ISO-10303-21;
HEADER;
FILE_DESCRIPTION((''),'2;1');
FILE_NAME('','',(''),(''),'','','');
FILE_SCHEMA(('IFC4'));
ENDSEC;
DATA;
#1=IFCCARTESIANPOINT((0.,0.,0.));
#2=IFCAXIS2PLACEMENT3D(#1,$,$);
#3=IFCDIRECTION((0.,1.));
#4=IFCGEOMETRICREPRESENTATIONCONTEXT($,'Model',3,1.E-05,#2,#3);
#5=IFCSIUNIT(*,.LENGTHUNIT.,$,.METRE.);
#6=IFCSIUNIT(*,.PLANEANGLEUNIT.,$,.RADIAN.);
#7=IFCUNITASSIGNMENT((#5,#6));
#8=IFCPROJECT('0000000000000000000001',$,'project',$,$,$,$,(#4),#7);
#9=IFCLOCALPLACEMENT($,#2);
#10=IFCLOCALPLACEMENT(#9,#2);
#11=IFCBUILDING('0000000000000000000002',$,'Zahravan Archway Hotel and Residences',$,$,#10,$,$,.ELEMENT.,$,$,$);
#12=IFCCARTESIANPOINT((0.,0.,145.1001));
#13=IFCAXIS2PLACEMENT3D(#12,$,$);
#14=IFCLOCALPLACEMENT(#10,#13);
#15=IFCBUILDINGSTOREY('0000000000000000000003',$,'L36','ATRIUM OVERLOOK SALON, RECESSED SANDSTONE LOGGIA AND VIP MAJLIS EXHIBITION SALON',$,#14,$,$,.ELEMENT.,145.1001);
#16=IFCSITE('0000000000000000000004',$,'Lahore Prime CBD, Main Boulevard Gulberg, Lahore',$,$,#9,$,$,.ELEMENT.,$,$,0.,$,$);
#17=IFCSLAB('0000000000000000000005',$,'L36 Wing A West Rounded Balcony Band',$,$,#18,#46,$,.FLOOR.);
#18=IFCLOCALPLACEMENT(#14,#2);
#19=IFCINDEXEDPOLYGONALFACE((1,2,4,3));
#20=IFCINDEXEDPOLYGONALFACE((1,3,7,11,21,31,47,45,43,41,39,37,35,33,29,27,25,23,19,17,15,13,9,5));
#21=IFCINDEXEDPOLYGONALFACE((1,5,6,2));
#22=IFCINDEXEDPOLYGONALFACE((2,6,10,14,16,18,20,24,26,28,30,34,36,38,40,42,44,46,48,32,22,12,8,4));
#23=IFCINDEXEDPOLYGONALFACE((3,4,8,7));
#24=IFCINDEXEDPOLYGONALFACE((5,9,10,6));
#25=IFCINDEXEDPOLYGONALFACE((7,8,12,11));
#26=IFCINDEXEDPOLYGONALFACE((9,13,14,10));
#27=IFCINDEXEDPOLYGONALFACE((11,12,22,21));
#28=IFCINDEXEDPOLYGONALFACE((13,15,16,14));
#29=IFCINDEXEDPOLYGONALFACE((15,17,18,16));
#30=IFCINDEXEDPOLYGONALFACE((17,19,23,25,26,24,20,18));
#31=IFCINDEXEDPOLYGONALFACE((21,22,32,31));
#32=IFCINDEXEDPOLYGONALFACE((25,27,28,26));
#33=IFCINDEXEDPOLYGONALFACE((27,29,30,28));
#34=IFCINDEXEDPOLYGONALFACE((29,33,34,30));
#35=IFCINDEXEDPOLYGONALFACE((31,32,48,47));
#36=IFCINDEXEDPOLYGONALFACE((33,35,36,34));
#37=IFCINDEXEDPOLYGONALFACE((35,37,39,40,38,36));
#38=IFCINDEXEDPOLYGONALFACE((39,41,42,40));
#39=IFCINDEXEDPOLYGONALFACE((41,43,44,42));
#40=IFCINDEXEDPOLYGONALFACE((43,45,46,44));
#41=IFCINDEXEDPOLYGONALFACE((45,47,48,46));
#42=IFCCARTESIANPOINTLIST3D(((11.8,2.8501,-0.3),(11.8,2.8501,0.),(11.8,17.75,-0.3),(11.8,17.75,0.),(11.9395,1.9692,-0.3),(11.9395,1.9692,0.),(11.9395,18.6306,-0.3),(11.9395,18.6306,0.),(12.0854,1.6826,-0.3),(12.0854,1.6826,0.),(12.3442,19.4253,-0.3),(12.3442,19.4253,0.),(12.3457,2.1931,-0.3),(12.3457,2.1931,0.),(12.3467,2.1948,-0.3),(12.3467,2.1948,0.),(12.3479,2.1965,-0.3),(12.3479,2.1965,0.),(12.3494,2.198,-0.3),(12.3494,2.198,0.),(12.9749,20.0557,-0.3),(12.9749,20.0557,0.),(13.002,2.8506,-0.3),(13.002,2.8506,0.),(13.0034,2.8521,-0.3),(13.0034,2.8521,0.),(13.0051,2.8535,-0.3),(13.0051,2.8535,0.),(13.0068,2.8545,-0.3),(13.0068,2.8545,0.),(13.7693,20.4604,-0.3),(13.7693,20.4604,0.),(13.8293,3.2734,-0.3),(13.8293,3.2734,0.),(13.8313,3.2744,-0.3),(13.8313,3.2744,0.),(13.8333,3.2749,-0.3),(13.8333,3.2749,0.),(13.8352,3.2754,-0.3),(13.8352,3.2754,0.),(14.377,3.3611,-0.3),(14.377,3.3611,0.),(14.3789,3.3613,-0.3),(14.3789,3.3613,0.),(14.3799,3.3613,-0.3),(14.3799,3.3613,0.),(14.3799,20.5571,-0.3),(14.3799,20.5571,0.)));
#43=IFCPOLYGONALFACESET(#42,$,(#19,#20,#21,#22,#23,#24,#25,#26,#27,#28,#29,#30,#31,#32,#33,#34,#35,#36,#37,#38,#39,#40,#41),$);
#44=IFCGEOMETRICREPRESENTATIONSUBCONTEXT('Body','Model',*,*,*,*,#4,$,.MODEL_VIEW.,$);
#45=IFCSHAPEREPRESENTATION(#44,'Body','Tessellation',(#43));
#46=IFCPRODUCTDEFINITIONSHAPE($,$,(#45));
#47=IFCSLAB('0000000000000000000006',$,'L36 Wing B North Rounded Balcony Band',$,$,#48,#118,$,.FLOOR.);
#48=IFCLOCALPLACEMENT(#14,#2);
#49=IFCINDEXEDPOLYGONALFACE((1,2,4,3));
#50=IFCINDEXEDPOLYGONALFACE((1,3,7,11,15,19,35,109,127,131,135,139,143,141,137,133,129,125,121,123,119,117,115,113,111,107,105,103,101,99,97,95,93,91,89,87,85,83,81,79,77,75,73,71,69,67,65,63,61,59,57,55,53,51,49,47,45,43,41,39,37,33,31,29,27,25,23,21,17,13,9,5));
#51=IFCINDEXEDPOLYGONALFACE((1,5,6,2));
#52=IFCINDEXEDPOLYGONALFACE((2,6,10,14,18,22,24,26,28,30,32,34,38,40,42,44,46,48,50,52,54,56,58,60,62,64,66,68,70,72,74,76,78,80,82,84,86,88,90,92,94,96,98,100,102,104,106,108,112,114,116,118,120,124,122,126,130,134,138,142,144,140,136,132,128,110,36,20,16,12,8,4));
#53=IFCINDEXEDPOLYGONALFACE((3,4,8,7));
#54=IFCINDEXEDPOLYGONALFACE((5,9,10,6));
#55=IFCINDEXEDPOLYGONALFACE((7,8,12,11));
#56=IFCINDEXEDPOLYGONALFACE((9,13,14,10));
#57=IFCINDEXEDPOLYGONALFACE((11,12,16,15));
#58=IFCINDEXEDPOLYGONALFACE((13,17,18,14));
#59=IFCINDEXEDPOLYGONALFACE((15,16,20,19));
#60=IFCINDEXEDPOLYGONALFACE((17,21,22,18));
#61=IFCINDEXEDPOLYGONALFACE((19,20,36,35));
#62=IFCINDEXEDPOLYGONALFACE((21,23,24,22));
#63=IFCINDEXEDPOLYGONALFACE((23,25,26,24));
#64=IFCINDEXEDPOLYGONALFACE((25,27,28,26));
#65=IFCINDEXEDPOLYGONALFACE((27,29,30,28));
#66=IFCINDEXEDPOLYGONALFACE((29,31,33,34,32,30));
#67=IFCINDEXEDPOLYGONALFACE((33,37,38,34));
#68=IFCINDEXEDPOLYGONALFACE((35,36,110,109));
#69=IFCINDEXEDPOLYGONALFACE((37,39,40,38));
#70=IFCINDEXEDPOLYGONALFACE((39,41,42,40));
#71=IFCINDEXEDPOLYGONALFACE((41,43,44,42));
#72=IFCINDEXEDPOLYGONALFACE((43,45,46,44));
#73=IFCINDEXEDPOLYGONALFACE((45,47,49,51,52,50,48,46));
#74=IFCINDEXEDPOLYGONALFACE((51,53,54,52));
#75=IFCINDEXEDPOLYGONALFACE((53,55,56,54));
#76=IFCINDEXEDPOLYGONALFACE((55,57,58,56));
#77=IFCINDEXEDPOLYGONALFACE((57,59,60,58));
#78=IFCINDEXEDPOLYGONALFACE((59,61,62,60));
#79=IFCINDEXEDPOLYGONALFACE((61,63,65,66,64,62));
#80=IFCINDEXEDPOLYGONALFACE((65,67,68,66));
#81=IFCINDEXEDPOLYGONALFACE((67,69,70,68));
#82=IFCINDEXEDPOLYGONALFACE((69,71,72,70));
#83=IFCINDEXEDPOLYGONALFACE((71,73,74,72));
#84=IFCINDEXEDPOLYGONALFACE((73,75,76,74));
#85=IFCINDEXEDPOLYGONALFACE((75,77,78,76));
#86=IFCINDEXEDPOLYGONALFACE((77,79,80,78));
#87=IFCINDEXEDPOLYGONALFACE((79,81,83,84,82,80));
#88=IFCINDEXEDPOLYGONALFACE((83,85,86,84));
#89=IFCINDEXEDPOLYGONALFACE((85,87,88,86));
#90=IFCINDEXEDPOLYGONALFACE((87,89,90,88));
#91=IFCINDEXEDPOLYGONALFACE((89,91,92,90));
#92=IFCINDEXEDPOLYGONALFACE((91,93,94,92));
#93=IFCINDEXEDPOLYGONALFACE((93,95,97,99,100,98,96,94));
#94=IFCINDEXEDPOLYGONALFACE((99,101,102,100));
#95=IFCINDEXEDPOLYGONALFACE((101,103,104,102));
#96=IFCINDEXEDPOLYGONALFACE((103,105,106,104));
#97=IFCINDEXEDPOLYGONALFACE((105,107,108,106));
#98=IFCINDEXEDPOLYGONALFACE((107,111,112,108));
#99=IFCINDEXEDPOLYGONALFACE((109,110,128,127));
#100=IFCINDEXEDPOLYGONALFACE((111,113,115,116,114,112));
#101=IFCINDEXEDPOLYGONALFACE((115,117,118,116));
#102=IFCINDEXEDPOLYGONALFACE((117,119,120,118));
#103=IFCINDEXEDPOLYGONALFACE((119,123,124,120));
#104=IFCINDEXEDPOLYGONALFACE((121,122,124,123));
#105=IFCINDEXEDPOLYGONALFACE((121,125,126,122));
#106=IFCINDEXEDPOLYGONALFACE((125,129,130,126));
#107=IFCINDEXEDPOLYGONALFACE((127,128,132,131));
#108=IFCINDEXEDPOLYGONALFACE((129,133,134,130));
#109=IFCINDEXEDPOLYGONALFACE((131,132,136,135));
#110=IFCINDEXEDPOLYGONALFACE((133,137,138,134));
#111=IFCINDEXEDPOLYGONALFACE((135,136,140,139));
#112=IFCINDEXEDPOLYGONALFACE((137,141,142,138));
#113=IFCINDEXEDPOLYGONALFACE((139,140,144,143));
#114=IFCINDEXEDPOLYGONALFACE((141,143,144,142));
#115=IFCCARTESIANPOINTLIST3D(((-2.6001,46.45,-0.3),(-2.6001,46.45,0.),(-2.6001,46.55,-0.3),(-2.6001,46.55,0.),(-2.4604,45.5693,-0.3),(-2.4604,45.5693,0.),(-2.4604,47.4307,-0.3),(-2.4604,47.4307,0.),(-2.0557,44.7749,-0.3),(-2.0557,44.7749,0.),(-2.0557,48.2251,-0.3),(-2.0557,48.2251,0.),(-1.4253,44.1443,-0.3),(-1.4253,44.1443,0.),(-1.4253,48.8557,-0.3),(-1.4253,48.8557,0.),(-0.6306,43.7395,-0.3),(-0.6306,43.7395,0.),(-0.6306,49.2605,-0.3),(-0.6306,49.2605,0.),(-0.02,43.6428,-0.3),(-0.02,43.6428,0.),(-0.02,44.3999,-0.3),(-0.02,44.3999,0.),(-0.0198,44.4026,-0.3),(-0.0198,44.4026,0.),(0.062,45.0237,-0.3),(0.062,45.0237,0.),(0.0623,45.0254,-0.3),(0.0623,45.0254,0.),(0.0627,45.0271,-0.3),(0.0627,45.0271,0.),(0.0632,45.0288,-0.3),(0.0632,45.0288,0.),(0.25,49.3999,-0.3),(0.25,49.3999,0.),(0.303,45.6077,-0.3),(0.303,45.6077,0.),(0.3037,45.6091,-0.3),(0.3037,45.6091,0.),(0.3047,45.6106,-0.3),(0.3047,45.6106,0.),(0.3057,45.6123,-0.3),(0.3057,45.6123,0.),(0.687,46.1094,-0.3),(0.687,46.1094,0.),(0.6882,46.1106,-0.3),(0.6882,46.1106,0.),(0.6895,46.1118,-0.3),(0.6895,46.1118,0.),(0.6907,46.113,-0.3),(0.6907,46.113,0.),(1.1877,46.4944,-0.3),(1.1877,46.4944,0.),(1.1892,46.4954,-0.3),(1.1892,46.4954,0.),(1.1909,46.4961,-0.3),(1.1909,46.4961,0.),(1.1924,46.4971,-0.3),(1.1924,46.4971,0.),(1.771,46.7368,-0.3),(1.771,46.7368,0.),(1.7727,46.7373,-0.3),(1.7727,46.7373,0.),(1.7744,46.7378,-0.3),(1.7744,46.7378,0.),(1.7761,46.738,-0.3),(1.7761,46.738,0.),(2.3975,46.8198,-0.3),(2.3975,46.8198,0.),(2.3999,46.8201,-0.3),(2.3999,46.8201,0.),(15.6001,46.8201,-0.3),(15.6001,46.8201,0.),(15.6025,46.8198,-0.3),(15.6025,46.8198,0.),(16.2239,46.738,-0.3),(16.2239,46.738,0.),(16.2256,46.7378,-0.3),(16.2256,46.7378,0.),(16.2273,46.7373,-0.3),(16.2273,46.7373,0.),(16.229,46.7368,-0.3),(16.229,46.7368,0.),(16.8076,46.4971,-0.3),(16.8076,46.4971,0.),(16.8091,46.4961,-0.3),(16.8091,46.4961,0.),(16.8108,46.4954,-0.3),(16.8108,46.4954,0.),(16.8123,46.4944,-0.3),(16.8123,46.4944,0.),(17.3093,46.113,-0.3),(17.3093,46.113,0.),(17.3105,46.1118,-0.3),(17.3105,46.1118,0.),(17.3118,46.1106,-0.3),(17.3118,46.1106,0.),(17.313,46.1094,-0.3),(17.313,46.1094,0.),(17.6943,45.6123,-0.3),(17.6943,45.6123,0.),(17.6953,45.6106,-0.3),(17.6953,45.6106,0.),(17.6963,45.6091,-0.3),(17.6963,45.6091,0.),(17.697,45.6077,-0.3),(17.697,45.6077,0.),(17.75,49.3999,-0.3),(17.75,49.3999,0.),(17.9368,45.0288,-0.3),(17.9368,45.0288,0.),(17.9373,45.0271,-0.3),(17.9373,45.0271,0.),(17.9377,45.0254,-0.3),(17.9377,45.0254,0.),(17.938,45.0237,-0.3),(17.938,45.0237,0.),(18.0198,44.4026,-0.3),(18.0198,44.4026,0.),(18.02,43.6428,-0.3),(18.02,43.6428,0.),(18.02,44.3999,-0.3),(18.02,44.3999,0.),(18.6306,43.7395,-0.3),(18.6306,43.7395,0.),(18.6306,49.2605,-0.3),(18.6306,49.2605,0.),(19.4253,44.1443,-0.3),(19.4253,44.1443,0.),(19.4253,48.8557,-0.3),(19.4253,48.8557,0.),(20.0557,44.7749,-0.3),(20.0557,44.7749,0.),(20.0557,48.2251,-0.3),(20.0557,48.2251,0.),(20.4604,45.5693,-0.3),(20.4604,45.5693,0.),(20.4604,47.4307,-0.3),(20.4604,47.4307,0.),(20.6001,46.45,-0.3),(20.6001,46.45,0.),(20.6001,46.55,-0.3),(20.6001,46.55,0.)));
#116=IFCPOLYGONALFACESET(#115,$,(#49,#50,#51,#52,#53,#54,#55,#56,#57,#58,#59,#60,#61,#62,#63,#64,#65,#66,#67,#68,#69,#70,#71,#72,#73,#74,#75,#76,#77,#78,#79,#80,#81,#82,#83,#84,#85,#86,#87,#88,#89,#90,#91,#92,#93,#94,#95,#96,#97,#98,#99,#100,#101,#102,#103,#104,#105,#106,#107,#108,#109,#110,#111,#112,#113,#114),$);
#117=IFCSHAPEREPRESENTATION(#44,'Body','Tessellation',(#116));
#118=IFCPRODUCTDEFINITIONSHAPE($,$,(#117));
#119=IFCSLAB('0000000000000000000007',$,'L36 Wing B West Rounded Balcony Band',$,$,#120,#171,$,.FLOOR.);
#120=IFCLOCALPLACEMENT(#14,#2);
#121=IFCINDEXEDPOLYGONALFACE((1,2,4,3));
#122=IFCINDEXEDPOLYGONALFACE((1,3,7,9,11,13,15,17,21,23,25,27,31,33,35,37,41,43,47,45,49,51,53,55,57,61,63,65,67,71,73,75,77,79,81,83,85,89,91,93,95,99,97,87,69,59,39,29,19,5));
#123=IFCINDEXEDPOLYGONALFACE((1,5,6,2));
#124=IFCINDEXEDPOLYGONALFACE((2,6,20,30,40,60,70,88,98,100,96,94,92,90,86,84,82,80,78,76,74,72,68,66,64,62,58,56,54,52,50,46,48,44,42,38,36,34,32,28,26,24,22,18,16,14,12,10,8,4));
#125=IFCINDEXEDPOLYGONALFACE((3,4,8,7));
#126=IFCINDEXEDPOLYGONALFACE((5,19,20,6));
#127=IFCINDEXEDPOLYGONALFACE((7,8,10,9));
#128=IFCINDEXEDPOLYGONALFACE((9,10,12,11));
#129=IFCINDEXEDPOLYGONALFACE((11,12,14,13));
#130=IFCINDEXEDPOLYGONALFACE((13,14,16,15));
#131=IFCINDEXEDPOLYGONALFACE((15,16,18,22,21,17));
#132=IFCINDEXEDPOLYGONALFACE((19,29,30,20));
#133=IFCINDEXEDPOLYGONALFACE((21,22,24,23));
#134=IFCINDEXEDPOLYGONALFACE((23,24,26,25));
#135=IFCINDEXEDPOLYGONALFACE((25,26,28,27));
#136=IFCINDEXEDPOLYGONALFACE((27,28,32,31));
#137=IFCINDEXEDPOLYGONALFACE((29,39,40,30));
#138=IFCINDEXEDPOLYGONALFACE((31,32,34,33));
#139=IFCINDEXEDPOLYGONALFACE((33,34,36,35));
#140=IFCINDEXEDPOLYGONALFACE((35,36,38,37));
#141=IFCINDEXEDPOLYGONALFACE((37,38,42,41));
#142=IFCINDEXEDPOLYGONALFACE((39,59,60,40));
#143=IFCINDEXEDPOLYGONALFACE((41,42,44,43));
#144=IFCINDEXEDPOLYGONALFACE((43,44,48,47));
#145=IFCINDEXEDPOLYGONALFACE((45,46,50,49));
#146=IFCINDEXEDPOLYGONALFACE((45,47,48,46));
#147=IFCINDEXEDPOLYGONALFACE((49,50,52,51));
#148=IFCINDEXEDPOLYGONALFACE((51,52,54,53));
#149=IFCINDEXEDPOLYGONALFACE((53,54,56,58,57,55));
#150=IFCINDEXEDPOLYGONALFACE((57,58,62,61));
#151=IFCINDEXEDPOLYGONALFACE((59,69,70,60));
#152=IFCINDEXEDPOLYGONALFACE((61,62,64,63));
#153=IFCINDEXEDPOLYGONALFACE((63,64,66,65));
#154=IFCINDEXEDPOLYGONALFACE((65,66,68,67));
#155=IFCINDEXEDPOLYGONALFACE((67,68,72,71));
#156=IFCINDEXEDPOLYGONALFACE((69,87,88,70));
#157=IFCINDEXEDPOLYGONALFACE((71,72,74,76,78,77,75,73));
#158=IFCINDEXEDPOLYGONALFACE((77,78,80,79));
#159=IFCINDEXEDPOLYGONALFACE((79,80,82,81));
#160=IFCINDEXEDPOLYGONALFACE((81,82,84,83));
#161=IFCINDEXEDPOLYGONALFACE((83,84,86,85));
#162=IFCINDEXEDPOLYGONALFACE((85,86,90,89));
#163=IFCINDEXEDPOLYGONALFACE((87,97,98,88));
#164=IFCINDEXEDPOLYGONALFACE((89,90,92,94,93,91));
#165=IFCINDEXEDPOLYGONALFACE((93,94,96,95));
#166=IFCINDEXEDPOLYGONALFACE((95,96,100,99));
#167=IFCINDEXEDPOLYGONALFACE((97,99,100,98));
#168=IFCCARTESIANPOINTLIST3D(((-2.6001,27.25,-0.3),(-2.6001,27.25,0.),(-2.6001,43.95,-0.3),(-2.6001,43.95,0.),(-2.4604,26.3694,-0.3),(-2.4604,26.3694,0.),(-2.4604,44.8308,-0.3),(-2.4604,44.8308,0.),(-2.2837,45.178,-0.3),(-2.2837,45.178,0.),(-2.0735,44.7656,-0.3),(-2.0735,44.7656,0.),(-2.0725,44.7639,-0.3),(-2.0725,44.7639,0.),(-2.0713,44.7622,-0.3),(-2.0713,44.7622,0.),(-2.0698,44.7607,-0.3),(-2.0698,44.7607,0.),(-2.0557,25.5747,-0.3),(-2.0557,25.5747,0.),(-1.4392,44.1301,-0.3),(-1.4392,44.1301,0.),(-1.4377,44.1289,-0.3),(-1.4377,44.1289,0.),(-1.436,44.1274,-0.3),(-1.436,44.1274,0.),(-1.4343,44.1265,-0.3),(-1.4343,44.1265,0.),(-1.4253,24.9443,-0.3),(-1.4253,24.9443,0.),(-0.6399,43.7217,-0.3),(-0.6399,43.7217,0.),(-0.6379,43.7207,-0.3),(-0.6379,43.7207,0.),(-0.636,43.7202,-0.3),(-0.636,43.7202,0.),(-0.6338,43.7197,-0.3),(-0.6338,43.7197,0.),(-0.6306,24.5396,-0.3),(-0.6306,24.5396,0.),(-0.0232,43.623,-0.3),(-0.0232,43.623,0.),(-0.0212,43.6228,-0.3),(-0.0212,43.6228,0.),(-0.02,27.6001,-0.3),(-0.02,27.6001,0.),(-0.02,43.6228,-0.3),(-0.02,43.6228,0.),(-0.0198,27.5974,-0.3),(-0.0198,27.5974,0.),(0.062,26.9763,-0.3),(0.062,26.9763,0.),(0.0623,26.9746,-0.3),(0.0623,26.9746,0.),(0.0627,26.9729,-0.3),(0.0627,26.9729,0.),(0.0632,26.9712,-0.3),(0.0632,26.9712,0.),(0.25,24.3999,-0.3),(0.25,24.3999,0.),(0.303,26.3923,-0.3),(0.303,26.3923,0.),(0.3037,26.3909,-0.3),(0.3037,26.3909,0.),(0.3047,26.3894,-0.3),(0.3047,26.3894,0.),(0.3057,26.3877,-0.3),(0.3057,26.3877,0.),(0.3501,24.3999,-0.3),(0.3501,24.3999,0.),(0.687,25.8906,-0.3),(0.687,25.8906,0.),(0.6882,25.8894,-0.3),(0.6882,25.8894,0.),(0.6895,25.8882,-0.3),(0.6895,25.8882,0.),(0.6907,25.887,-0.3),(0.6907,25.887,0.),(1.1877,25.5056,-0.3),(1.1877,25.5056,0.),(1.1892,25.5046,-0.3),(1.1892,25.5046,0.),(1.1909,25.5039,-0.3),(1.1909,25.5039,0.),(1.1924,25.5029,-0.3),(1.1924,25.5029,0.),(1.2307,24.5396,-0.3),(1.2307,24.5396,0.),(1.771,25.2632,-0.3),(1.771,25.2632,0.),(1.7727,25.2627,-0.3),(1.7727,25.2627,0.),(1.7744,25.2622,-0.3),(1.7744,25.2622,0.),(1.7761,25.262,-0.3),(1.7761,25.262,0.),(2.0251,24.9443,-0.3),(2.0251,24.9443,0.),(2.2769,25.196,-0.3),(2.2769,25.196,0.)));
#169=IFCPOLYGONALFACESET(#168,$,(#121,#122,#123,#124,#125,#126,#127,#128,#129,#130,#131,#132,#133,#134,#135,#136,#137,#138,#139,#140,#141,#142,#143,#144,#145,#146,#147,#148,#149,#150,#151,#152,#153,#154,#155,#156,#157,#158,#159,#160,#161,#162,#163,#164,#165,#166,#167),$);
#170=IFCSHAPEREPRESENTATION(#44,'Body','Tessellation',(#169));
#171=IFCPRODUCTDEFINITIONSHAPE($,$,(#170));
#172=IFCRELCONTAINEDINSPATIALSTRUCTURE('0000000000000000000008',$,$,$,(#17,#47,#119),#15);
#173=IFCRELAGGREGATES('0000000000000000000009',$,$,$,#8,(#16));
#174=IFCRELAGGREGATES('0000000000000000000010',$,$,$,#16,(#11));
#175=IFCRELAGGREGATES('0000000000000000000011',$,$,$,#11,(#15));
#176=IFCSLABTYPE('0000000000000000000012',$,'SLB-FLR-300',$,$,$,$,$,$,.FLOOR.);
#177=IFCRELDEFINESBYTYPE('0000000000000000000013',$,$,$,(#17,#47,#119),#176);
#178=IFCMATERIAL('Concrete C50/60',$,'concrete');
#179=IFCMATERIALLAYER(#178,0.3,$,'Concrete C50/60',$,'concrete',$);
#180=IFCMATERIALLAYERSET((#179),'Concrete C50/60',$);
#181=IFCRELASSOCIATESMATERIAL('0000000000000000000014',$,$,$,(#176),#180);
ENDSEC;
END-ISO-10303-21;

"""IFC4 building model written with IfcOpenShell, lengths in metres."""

from ifc_helpers import new_model, si_unit, direction, frame, origin, place, context, subcontext, project, spatial, polyline, outline, extrude, material, layer, layer_set, type_object, element, save


model = new_model("IFC4")

# Units and contexts
model_context = context("Model", 3, precision=1e-05, world=origin(), true_north=direction((0.0, 1.0)))
body_context = subcontext(model_context, "Body", "Model", "MODEL_VIEW")
ifc_project = project(units=[si_unit("LENGTHUNIT", "METRE"), si_unit("PLANEANGLEUNIT", "RADIAN")], contexts=[model_context])

# Site, building, storey
site_placement = place(None, origin())
site = spatial("IfcSite", under=ifc_project, at=site_placement, Name="Lahore Prime CBD, Main Boulevard Gulberg, Lahore", CompositionType="ELEMENT", RefElevation=0.0)
building_placement = place(site_placement, origin())
building = spatial("IfcBuilding", under=site, at=building_placement, Name="Zahravan Archway Hotel and Residences", CompositionType="ELEMENT")
storey_placement = place(building_placement, frame((0.0, 0.0, 145.1001)))
storey = spatial("IfcBuildingStorey", under=building, at=storey_placement, Name="L36", Description="ATRIUM OVERLOOK SALON, RECESSED SANDSTONE LOGGIA AND VIP MAJLIS EXHIBITION SALON", CompositionType="ELEMENT", Elevation=145.1001)

# Slabs
ifc_material_1 = material(Name="Concrete C50/60", Category="concrete")
ifc_layer_1 = layer(ifc_material_1, 0.3, Name="Concrete C50/60", Category="concrete")
ifc_layer_set_1 = layer_set([ifc_layer_1], Name="Concrete C50/60")
slab_type_1 = type_object("IfcSlabType", Name="SLB-FLR-300", PredefinedType="FLOOR", material=ifc_layer_set_1)
slab_1_placement = place(storey_placement, frame((0.0, 0.0, -0.3)))
element("IfcSlab", 1, at=slab_1_placement, inside=storey, type_object=slab_type_1, Name="L36 Wing A West Rounded Balcony Band", PredefinedType="FLOOR", context=body_context, shape_type="SweptSolid", body=[
    extrude(outline(polyline([(11.9395, 1.9692), (11.8, 2.8501), (11.8, 17.75), (11.9395, 18.6306), (12.3442, 19.4253), (12.9749, 20.0557), (13.7693, 20.4604), (14.3799, 20.5571), (14.3799, 3.3613), (14.3789, 3.3613), (14.377, 3.3611), (13.8352, 3.2754), (13.8333, 3.2749), (13.8313, 3.2744), (13.8293, 3.2734), (13.0068, 2.8545), (13.0051, 2.8535), (13.0034, 2.8521), (13.002, 2.8506), (12.3494, 2.198), (12.3479, 2.1965), (12.3467, 2.1948), (12.3457, 2.1931), (12.0854, 1.6826), (11.9395, 1.9692)])), origin(), (0.0, 0.0, 1.0), 0.3),
])
slab_2_placement = place(storey_placement, frame((0.0, 0.0, -0.3)))
element("IfcSlab", 2, at=slab_2_placement, inside=storey, type_object=slab_type_1, Name="L36 Wing B North Rounded Balcony Band", PredefinedType="FLOOR", context=body_context, shape_type="SweptSolid", body=[
    extrude(outline(polyline([(-0.6306, 43.7395), (-1.4253, 44.1443), (-2.0557, 44.7749), (-2.4604, 45.5693), (-2.6001, 46.45), (-2.6001, 46.55), (-2.4604, 47.4307), (-2.0557, 48.2251), (-1.4253, 48.8557), (-0.6306, 49.2605), (0.25, 49.3999), (17.75, 49.3999), (18.6306, 49.2605), (19.4253, 48.8557), (20.0557, 48.2251), (20.4604, 47.4307), (20.6001, 46.55), (20.6001, 46.45), (20.4604, 45.5693), (20.0557, 44.7749), (19.4253, 44.1443), (18.6306, 43.7395), (18.02, 43.6428), (18.02, 44.3999), (18.0198, 44.4026), (17.938, 45.0237), (17.9377, 45.0254), (17.9373, 45.0271), (17.9368, 45.0288), (17.697, 45.6077), (17.6963, 45.6091), (17.6953, 45.6106), (17.6943, 45.6123), (17.313, 46.1094), (17.3118, 46.1106), (17.3105, 46.1118), (17.3093, 46.113), (16.8123, 46.4944), (16.8108, 46.4954), (16.8091, 46.4961), (16.8076, 46.4971), (16.229, 46.7368), (16.2273, 46.7373), (16.2256, 46.7378), (16.2239, 46.738), (15.6025, 46.8198), (15.6001, 46.8201), (2.3999, 46.8201), (2.3975, 46.8198), (1.7761, 46.738), (1.7744, 46.7378), (1.7727, 46.7373), (1.771, 46.7368), (1.1924, 46.4971), (1.1909, 46.4961), (1.1892, 46.4954), (1.1877, 46.4944), (0.6907, 46.113), (0.6895, 46.1118), (0.6882, 46.1106), (0.687, 46.1094), (0.3057, 45.6123), (0.3047, 45.6106), (0.3037, 45.6091), (0.303, 45.6077), (0.0632, 45.0288), (0.0627, 45.0271), (0.0623, 45.0254), (0.062, 45.0237), (-0.0198, 44.4026), (-0.02, 44.3999), (-0.02, 43.6428), (-0.6306, 43.7395)])), origin(), (0.0, 0.0, 1.0), 0.3),
])
slab_3_placement = place(storey_placement, frame((0.0, 0.0, -0.3)))
element("IfcSlab", 3, at=slab_3_placement, inside=storey, type_object=slab_type_1, Name="L36 Wing B West Rounded Balcony Band", PredefinedType="FLOOR", context=body_context, shape_type="SweptSolid", body=[
    extrude(outline(polyline([(2.0251, 24.9443), (1.2307, 24.5396), (0.3501, 24.3999), (0.25, 24.3999), (-0.6306, 24.5396), (-1.4253, 24.9443), (-2.0557, 25.5747), (-2.4604, 26.3694), (-2.6001, 27.25), (-2.6001, 43.95), (-2.4604, 44.8308), (-2.2837, 45.178), (-2.0735, 44.7656), (-2.0725, 44.7639), (-2.0713, 44.7622), (-2.0698, 44.7607), (-1.4392, 44.1301), (-1.4377, 44.1289), (-1.436, 44.1274), (-1.4343, 44.1265), (-0.6399, 43.7217), (-0.6379, 43.7207), (-0.636, 43.7202), (-0.6338, 43.7197), (-0.0232, 43.623), (-0.0212, 43.6228), (-0.02, 43.6228), (-0.02, 27.6001), (-0.0198, 27.5974), (0.062, 26.9763), (0.0623, 26.9746), (0.0627, 26.9729), (0.0632, 26.9712), (0.303, 26.3923), (0.3037, 26.3909), (0.3047, 26.3894), (0.3057, 26.3877), (0.687, 25.8906), (0.6882, 25.8894), (0.6895, 25.8882), (0.6907, 25.887), (1.1877, 25.5056), (1.1892, 25.5046), (1.1909, 25.5039), (1.1924, 25.5029), (1.771, 25.2632), (1.7727, 25.2627), (1.7744, 25.2622), (1.7761, 25.262), (2.2769, 25.196), (2.0251, 24.9443)])), origin(), (0.0, 0.0, 1.0), 0.3),
])

save(model, "model.ifc")
